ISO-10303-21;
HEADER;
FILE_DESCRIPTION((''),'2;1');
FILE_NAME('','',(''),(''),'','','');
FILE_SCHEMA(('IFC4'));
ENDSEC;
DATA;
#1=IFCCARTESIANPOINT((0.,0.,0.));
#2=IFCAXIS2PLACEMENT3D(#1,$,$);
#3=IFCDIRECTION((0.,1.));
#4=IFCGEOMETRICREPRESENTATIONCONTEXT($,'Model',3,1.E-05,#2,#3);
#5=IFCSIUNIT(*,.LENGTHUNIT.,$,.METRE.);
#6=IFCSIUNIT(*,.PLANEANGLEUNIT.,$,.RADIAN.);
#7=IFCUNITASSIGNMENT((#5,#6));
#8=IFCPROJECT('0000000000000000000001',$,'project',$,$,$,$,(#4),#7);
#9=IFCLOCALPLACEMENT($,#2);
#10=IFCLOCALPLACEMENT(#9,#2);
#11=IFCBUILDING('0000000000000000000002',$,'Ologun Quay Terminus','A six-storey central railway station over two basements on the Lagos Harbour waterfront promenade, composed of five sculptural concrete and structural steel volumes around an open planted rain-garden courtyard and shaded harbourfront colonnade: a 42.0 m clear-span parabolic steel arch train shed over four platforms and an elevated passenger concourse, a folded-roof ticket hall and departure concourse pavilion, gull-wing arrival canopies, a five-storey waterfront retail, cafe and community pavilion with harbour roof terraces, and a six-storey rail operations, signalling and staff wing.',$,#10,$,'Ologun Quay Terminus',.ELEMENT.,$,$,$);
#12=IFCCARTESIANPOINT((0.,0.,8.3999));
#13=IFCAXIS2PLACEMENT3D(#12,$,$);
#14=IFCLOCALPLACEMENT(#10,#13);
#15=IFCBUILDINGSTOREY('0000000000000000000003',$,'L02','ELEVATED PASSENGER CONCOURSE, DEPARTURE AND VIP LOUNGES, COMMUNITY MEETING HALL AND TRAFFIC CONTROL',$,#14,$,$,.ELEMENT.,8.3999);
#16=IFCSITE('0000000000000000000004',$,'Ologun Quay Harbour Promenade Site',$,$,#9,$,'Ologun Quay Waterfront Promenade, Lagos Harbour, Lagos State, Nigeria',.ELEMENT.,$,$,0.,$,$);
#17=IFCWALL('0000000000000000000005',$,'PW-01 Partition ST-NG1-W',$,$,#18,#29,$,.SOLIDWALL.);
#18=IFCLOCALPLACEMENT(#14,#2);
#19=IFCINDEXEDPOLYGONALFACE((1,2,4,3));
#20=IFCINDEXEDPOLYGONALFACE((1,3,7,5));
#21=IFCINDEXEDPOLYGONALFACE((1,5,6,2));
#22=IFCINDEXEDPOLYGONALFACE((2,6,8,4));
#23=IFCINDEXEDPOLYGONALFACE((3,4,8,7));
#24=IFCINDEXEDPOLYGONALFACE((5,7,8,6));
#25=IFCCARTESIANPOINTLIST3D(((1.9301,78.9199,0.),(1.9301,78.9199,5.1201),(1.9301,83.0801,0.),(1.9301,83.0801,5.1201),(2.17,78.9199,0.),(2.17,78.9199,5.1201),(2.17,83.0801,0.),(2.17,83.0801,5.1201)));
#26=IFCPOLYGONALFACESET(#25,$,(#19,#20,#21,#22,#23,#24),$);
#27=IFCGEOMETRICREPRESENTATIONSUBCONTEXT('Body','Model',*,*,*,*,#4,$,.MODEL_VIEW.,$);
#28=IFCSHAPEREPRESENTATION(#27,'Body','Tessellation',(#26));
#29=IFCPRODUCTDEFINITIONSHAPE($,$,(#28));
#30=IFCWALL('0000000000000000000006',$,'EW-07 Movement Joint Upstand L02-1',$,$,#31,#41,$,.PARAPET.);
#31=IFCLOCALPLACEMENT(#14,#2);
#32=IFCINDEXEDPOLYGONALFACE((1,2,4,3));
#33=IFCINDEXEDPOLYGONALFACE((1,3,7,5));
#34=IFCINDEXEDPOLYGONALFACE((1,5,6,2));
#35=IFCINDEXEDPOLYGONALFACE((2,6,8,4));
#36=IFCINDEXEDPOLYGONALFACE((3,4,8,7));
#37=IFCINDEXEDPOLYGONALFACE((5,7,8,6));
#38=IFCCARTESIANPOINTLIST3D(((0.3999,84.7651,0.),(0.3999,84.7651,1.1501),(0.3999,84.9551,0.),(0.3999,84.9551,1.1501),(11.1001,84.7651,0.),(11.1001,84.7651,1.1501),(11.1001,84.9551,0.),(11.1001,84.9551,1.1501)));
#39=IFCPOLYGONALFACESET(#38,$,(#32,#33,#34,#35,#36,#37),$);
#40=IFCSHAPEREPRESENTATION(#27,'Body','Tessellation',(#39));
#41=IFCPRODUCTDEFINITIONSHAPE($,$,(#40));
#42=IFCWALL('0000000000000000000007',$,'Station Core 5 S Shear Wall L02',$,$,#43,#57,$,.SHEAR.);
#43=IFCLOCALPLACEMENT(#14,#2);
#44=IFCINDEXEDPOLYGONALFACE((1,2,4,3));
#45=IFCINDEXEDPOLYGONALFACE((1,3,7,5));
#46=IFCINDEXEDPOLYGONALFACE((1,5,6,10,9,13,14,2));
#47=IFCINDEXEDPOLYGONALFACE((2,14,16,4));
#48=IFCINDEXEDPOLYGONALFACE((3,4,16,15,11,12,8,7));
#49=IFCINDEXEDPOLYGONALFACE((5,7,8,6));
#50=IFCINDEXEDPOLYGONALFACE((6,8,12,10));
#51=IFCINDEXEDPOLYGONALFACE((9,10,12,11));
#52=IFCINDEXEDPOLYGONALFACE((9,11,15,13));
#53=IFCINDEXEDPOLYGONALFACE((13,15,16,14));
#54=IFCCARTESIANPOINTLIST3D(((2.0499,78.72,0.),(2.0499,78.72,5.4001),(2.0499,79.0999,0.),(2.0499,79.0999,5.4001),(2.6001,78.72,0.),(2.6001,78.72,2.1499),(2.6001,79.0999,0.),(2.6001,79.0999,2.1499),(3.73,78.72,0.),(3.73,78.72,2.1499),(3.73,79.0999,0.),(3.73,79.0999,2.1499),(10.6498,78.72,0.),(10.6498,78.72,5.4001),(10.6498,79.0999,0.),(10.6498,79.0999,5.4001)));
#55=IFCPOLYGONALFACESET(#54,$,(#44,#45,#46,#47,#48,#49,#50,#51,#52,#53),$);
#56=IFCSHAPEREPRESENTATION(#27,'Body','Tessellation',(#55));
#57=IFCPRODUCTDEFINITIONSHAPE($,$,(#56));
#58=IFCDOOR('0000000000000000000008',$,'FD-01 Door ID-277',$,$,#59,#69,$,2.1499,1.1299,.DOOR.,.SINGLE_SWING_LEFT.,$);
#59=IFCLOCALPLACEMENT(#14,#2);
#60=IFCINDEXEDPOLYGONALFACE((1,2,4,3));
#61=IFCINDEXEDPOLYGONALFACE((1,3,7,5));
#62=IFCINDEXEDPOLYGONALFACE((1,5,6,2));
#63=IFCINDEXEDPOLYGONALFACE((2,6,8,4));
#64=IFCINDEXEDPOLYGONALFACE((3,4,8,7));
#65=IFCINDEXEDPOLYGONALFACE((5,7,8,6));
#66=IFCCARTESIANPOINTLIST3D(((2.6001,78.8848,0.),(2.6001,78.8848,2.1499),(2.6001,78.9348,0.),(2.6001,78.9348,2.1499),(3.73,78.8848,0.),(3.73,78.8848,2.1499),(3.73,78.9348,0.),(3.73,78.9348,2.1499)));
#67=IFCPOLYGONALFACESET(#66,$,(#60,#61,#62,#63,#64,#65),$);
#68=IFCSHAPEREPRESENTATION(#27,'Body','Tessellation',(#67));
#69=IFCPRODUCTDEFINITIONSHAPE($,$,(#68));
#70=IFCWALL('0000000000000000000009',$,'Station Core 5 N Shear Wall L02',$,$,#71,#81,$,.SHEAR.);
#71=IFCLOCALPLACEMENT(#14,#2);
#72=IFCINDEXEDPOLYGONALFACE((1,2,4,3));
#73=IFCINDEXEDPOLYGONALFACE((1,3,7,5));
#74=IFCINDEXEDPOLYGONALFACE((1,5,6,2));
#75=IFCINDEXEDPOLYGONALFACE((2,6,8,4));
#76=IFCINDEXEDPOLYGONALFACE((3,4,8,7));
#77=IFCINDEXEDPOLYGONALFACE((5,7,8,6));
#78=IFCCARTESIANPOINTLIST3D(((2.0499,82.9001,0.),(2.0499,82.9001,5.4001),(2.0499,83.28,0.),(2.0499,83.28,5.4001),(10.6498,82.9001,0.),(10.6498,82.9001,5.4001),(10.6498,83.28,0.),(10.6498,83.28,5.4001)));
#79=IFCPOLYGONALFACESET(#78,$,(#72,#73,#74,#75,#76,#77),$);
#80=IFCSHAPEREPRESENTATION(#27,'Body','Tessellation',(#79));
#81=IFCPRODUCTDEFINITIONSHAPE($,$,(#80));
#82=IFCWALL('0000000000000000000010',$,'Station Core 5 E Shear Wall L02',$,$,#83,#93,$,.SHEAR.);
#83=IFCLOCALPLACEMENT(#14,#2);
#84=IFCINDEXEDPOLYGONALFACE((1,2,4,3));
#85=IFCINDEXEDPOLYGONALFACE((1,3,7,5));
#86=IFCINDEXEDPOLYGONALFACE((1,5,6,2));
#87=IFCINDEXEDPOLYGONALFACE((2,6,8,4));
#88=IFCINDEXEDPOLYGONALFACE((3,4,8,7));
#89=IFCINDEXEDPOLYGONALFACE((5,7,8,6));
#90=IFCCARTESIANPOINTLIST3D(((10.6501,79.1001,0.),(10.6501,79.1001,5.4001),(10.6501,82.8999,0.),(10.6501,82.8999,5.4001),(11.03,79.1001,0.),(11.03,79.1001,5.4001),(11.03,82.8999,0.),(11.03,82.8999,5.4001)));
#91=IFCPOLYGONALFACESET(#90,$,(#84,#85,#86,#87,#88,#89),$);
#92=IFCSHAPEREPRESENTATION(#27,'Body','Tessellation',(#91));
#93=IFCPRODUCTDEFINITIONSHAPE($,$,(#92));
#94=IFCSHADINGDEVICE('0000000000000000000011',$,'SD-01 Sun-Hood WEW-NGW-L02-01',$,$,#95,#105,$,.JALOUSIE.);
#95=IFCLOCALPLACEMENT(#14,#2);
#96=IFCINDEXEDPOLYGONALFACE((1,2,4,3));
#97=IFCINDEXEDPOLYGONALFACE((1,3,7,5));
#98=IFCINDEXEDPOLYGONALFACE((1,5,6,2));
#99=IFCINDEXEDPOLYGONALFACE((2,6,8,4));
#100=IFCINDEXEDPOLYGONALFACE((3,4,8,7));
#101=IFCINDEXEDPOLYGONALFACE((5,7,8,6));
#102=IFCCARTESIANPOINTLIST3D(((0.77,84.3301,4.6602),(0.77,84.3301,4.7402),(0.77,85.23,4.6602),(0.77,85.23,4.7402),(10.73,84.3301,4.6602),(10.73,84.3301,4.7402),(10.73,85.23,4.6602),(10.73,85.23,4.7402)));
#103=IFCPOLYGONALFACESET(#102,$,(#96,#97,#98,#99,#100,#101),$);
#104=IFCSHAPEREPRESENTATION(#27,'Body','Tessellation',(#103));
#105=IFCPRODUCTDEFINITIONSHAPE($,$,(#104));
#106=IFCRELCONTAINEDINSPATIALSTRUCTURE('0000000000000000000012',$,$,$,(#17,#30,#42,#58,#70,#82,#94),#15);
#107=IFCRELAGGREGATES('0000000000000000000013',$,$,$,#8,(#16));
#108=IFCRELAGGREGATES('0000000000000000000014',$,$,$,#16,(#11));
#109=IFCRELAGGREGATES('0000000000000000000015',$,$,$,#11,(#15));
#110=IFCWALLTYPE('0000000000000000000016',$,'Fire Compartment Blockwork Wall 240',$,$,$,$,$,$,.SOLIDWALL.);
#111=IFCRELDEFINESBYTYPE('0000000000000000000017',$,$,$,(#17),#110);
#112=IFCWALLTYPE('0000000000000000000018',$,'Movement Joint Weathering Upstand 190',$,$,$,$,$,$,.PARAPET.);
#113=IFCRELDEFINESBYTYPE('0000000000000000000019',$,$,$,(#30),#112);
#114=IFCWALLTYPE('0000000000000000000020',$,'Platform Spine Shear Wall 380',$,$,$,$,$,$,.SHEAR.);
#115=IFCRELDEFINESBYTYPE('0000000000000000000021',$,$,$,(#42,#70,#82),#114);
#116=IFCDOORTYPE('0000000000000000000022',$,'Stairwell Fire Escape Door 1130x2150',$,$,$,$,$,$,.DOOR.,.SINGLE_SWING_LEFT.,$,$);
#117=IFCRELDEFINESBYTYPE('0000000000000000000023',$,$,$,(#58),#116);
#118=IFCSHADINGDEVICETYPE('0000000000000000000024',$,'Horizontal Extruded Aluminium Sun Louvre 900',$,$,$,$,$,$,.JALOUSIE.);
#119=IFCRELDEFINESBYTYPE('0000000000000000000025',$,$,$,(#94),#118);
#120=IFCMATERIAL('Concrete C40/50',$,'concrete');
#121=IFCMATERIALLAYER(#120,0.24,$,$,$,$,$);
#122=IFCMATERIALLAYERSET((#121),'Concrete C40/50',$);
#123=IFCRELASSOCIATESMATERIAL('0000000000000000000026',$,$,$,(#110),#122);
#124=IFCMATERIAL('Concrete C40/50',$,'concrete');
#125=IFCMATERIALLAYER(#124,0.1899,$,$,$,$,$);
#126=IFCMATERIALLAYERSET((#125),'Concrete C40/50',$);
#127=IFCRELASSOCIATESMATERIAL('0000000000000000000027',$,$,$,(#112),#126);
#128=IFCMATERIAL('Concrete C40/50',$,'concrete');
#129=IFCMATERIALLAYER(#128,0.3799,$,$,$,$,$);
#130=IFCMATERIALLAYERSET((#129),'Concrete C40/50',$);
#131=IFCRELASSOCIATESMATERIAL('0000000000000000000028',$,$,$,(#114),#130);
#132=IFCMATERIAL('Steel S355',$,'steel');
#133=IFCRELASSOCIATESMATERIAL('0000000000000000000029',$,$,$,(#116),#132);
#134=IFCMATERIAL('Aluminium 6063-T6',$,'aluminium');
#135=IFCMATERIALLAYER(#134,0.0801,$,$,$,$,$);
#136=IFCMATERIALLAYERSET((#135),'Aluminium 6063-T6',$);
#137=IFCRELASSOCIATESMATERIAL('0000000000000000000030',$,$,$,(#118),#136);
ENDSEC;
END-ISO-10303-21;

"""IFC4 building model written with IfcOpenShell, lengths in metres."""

from ifc_helpers import new_model, si_unit, direction, frame, frame_2d, origin, origin_2d, place, context, subcontext, project, spatial, rectangle, extrude, material, layer, layer_set, type_object, element, fill, save


model = new_model("IFC4")

# Units and contexts
model_context = context("Model", 3, precision=1e-05, world=origin(), true_north=direction((0.0, 1.0)))
body_context = subcontext(model_context, "Body", "Model", "MODEL_VIEW")
ifc_project = project(units=[si_unit("LENGTHUNIT", "METRE"), si_unit("PLANEANGLEUNIT", "RADIAN")], contexts=[model_context])

# Site, building, storey
site_placement = place(None, origin())
site = spatial("IfcSite", under=ifc_project, at=site_placement, Name="Ologun Quay Harbour Promenade Site", LongName="Ologun Quay Waterfront Promenade, Lagos Harbour, Lagos State, Nigeria", CompositionType="ELEMENT", RefElevation=0.0)
building_placement = place(site_placement, origin())
building = spatial("IfcBuilding", under=site, at=building_placement, Name="Ologun Quay Terminus", Description="A six-storey central railway station over two basements on the Lagos Harbour waterfront promenade, composed of five sculptural concrete and structural steel volumes around an open planted rain-garden courtyard and shaded harbourfront colonnade: a 42.0 m clear-span parabolic steel arch train shed over four platforms and an elevated passenger concourse, a folded-roof ticket hall and departure concourse pavilion, gull-wing arrival canopies, a five-storey waterfront retail, cafe and community pavilion with harbour roof terraces, and a six-storey rail operations, signalling and staff wing.", LongName="Ologun Quay Terminus", CompositionType="ELEMENT")
storey_placement = place(building_placement, frame((0.0, 0.0, 8.3999)))
storey = spatial("IfcBuildingStorey", under=building, at=storey_placement, Name="L02", Description="ELEVATED PASSENGER CONCOURSE, DEPARTURE AND VIP LOUNGES, COMMUNITY MEETING HALL AND TRAFFIC CONTROL", CompositionType="ELEMENT", Elevation=8.3999)

# Walls
ifc_material_1 = material(Name="Concrete C40/50", Category="concrete")
ifc_layer_1 = layer(ifc_material_1, 0.24)
ifc_layer_set_1 = layer_set([ifc_layer_1], Name="Concrete C40/50")
wall_type_1 = type_object("IfcWallType", Name="Fire Compartment Blockwork Wall 240", PredefinedType="SOLIDWALL", material=ifc_layer_set_1)
wall_1_placement = place(storey_placement, frame((2.05, 78.9199, 0.0), z_axis=(0.0, 0.0, 1.0), x_axis=(0.0, 1.0, 0.0)))
element("IfcWall", 1, at=wall_1_placement, inside=storey, type_object=wall_type_1, Name="PW-01 Partition ST-NG1-W", PredefinedType="SOLIDWALL", context=body_context, shape_type="SweptSolid", body=[
    extrude(rectangle(XDim=4.1602, YDim=0.24, at=frame_2d((2.0801, 0.0))), origin(), (0.0, 0.0, 1.0), 5.1201),
])
ifc_material_2 = material(Name="Concrete C40/50", Category="concrete")
ifc_layer_2 = layer(ifc_material_2, 0.1899)
ifc_layer_set_2 = layer_set([ifc_layer_2], Name="Concrete C40/50")
wall_type_2 = type_object("IfcWallType", Name="Movement Joint Weathering Upstand 190", PredefinedType="PARAPET", material=ifc_layer_set_2)
wall_2_placement = place(storey_placement, frame((0.3999, 84.8601, 0.0), z_axis=(0.0, 0.0, 1.0), x_axis=(1.0, 0.0, 0.0)))
element("IfcWall", 2, at=wall_2_placement, inside=storey, type_object=wall_type_2, Name="EW-07 Movement Joint Upstand L02-1", PredefinedType="PARAPET", context=body_context, shape_type="SweptSolid", body=[
    extrude(rectangle(XDim=10.7002, YDim=0.1899, at=frame_2d((5.3501, 0.0))), origin(), (0.0, 0.0, 1.0), 1.1501),
])

# Wall, opening, door
ifc_material_3 = material(Name="Concrete C40/50", Category="concrete")
ifc_layer_3 = layer(ifc_material_3, 0.3799)
ifc_layer_set_3 = layer_set([ifc_layer_3], Name="Concrete C40/50")
wall_type_3 = type_object("IfcWallType", Name="Platform Spine Shear Wall 380", PredefinedType="SHEAR", material=ifc_layer_set_3)
wall_3_placement = place(storey_placement, frame((2.05, 78.9099, 0.0), z_axis=(0.0, 0.0, 1.0), x_axis=(1.0, 0.0, 0.0)))
wall_3 = element("IfcWall", 3, at=wall_3_placement, inside=storey, type_object=wall_type_3, Name="Station Core 5 S Shear Wall L02", PredefinedType="SHEAR", context=body_context, shape_type="SweptSolid", body=[
    extrude(rectangle(XDim=8.5999, YDim=0.3799, at=frame_2d((4.2998, 0.0))), origin(), (0.0, 0.0, 1.0), 5.4001),
])
opening_1_placement = place(wall_3_placement, frame((0.55, 0.0, 0.0)))
opening_1 = element("IfcOpeningElement", 4, at=opening_1_placement, cuts=wall_3, PredefinedType="OPENING", context=body_context, shape_type="SweptSolid", body=[
    extrude(rectangle(XDim=1.1299, YDim=2.1499, at=frame_2d((0.5649, 1.075))), frame((0.0, 0.2, 0.0), z_axis=(0.0, -1.0, 0.0), x_axis=(1.0, 0.0, 0.0)), (0.0, 0.0, 1.0), 0.3999),
])
ifc_material_4 = material(Name="Steel S355", Category="steel")
door_type = type_object("IfcDoorType", Name="Stairwell Fire Escape Door 1130x2150", OperationType="SINGLE_SWING_LEFT", PredefinedType="DOOR", material=ifc_material_4)
door_placement = place(opening_1_placement, origin())
door = element("IfcDoor", 5, at=door_placement, inside=storey, type_object=door_type, Name="FD-01 Door ID-277", OperationType="SINGLE_SWING_LEFT", OverallHeight=2.1499, OverallWidth=1.1299, PredefinedType="DOOR", context=body_context, shape_type="SweptSolid", body=[
    extrude(rectangle(XDim=1.1299, YDim=2.1499, at=frame_2d((0.5649, 1.075))), frame((0.0, 0.0249, 0.0), z_axis=(0.0, -1.0, 0.0), x_axis=(1.0, 0.0, 0.0)), (0.0, 0.0, 1.0), 0.05),
])
fill(opening_1, door)

# Walls
wall_4_placement = place(storey_placement, frame((2.05, 83.0901, 0.0), z_axis=(0.0, 0.0, 1.0), x_axis=(1.0, 0.0, 0.0)))
element("IfcWall", 6, at=wall_4_placement, inside=storey, type_object=wall_type_3, Name="Station Core 5 N Shear Wall L02", PredefinedType="SHEAR", context=body_context, shape_type="SweptSolid", body=[
    extrude(rectangle(XDim=8.5999, YDim=0.3799, at=frame_2d((4.2998, 0.0))), origin(), (0.0, 0.0, 1.0), 5.4001),
])
wall_5_placement = place(storey_placement, frame((10.8401, 79.1001, 0.0), z_axis=(0.0, 0.0, 1.0), x_axis=(0.0, 1.0, 0.0)))
element("IfcWall", 7, at=wall_5_placement, inside=storey, type_object=wall_type_3, Name="Station Core 5 E Shear Wall L02", PredefinedType="SHEAR", context=body_context, shape_type="SweptSolid", body=[
    extrude(rectangle(XDim=3.7998, YDim=0.3799, at=frame_2d((1.8999, 0.0))), origin(), (0.0, 0.0, 1.0), 5.4001),
])

# Shading device
ifc_material_5 = material(Name="Aluminium 6063-T6", Category="aluminium")
ifc_layer_4 = layer(ifc_material_5, 0.0801)
ifc_layer_set_4 = layer_set([ifc_layer_4], Name="Aluminium 6063-T6")
shading_device_type = type_object("IfcShadingDeviceType", Name="Horizontal Extruded Aluminium Sun Louvre 900", PredefinedType="JALOUSIE", material=ifc_layer_set_4)
shading_device_placement = place(storey_placement, frame((5.75, 84.78, 4.6602), z_axis=(0.0, 0.0, 1.0), x_axis=(1.0, 0.0, 0.0)))
element("IfcShadingDevice", 8, at=shading_device_placement, inside=storey, type_object=shading_device_type, Name="SD-01 Sun-Hood WEW-NGW-L02-01", PredefinedType="JALOUSIE", context=body_context, shape_type="SweptSolid", body=[
    extrude(rectangle(XDim=9.96, YDim=0.8999, at=origin_2d()), origin(), (0.0, 0.0, 1.0), 0.0801),
])

save(model, "model.ifc")
